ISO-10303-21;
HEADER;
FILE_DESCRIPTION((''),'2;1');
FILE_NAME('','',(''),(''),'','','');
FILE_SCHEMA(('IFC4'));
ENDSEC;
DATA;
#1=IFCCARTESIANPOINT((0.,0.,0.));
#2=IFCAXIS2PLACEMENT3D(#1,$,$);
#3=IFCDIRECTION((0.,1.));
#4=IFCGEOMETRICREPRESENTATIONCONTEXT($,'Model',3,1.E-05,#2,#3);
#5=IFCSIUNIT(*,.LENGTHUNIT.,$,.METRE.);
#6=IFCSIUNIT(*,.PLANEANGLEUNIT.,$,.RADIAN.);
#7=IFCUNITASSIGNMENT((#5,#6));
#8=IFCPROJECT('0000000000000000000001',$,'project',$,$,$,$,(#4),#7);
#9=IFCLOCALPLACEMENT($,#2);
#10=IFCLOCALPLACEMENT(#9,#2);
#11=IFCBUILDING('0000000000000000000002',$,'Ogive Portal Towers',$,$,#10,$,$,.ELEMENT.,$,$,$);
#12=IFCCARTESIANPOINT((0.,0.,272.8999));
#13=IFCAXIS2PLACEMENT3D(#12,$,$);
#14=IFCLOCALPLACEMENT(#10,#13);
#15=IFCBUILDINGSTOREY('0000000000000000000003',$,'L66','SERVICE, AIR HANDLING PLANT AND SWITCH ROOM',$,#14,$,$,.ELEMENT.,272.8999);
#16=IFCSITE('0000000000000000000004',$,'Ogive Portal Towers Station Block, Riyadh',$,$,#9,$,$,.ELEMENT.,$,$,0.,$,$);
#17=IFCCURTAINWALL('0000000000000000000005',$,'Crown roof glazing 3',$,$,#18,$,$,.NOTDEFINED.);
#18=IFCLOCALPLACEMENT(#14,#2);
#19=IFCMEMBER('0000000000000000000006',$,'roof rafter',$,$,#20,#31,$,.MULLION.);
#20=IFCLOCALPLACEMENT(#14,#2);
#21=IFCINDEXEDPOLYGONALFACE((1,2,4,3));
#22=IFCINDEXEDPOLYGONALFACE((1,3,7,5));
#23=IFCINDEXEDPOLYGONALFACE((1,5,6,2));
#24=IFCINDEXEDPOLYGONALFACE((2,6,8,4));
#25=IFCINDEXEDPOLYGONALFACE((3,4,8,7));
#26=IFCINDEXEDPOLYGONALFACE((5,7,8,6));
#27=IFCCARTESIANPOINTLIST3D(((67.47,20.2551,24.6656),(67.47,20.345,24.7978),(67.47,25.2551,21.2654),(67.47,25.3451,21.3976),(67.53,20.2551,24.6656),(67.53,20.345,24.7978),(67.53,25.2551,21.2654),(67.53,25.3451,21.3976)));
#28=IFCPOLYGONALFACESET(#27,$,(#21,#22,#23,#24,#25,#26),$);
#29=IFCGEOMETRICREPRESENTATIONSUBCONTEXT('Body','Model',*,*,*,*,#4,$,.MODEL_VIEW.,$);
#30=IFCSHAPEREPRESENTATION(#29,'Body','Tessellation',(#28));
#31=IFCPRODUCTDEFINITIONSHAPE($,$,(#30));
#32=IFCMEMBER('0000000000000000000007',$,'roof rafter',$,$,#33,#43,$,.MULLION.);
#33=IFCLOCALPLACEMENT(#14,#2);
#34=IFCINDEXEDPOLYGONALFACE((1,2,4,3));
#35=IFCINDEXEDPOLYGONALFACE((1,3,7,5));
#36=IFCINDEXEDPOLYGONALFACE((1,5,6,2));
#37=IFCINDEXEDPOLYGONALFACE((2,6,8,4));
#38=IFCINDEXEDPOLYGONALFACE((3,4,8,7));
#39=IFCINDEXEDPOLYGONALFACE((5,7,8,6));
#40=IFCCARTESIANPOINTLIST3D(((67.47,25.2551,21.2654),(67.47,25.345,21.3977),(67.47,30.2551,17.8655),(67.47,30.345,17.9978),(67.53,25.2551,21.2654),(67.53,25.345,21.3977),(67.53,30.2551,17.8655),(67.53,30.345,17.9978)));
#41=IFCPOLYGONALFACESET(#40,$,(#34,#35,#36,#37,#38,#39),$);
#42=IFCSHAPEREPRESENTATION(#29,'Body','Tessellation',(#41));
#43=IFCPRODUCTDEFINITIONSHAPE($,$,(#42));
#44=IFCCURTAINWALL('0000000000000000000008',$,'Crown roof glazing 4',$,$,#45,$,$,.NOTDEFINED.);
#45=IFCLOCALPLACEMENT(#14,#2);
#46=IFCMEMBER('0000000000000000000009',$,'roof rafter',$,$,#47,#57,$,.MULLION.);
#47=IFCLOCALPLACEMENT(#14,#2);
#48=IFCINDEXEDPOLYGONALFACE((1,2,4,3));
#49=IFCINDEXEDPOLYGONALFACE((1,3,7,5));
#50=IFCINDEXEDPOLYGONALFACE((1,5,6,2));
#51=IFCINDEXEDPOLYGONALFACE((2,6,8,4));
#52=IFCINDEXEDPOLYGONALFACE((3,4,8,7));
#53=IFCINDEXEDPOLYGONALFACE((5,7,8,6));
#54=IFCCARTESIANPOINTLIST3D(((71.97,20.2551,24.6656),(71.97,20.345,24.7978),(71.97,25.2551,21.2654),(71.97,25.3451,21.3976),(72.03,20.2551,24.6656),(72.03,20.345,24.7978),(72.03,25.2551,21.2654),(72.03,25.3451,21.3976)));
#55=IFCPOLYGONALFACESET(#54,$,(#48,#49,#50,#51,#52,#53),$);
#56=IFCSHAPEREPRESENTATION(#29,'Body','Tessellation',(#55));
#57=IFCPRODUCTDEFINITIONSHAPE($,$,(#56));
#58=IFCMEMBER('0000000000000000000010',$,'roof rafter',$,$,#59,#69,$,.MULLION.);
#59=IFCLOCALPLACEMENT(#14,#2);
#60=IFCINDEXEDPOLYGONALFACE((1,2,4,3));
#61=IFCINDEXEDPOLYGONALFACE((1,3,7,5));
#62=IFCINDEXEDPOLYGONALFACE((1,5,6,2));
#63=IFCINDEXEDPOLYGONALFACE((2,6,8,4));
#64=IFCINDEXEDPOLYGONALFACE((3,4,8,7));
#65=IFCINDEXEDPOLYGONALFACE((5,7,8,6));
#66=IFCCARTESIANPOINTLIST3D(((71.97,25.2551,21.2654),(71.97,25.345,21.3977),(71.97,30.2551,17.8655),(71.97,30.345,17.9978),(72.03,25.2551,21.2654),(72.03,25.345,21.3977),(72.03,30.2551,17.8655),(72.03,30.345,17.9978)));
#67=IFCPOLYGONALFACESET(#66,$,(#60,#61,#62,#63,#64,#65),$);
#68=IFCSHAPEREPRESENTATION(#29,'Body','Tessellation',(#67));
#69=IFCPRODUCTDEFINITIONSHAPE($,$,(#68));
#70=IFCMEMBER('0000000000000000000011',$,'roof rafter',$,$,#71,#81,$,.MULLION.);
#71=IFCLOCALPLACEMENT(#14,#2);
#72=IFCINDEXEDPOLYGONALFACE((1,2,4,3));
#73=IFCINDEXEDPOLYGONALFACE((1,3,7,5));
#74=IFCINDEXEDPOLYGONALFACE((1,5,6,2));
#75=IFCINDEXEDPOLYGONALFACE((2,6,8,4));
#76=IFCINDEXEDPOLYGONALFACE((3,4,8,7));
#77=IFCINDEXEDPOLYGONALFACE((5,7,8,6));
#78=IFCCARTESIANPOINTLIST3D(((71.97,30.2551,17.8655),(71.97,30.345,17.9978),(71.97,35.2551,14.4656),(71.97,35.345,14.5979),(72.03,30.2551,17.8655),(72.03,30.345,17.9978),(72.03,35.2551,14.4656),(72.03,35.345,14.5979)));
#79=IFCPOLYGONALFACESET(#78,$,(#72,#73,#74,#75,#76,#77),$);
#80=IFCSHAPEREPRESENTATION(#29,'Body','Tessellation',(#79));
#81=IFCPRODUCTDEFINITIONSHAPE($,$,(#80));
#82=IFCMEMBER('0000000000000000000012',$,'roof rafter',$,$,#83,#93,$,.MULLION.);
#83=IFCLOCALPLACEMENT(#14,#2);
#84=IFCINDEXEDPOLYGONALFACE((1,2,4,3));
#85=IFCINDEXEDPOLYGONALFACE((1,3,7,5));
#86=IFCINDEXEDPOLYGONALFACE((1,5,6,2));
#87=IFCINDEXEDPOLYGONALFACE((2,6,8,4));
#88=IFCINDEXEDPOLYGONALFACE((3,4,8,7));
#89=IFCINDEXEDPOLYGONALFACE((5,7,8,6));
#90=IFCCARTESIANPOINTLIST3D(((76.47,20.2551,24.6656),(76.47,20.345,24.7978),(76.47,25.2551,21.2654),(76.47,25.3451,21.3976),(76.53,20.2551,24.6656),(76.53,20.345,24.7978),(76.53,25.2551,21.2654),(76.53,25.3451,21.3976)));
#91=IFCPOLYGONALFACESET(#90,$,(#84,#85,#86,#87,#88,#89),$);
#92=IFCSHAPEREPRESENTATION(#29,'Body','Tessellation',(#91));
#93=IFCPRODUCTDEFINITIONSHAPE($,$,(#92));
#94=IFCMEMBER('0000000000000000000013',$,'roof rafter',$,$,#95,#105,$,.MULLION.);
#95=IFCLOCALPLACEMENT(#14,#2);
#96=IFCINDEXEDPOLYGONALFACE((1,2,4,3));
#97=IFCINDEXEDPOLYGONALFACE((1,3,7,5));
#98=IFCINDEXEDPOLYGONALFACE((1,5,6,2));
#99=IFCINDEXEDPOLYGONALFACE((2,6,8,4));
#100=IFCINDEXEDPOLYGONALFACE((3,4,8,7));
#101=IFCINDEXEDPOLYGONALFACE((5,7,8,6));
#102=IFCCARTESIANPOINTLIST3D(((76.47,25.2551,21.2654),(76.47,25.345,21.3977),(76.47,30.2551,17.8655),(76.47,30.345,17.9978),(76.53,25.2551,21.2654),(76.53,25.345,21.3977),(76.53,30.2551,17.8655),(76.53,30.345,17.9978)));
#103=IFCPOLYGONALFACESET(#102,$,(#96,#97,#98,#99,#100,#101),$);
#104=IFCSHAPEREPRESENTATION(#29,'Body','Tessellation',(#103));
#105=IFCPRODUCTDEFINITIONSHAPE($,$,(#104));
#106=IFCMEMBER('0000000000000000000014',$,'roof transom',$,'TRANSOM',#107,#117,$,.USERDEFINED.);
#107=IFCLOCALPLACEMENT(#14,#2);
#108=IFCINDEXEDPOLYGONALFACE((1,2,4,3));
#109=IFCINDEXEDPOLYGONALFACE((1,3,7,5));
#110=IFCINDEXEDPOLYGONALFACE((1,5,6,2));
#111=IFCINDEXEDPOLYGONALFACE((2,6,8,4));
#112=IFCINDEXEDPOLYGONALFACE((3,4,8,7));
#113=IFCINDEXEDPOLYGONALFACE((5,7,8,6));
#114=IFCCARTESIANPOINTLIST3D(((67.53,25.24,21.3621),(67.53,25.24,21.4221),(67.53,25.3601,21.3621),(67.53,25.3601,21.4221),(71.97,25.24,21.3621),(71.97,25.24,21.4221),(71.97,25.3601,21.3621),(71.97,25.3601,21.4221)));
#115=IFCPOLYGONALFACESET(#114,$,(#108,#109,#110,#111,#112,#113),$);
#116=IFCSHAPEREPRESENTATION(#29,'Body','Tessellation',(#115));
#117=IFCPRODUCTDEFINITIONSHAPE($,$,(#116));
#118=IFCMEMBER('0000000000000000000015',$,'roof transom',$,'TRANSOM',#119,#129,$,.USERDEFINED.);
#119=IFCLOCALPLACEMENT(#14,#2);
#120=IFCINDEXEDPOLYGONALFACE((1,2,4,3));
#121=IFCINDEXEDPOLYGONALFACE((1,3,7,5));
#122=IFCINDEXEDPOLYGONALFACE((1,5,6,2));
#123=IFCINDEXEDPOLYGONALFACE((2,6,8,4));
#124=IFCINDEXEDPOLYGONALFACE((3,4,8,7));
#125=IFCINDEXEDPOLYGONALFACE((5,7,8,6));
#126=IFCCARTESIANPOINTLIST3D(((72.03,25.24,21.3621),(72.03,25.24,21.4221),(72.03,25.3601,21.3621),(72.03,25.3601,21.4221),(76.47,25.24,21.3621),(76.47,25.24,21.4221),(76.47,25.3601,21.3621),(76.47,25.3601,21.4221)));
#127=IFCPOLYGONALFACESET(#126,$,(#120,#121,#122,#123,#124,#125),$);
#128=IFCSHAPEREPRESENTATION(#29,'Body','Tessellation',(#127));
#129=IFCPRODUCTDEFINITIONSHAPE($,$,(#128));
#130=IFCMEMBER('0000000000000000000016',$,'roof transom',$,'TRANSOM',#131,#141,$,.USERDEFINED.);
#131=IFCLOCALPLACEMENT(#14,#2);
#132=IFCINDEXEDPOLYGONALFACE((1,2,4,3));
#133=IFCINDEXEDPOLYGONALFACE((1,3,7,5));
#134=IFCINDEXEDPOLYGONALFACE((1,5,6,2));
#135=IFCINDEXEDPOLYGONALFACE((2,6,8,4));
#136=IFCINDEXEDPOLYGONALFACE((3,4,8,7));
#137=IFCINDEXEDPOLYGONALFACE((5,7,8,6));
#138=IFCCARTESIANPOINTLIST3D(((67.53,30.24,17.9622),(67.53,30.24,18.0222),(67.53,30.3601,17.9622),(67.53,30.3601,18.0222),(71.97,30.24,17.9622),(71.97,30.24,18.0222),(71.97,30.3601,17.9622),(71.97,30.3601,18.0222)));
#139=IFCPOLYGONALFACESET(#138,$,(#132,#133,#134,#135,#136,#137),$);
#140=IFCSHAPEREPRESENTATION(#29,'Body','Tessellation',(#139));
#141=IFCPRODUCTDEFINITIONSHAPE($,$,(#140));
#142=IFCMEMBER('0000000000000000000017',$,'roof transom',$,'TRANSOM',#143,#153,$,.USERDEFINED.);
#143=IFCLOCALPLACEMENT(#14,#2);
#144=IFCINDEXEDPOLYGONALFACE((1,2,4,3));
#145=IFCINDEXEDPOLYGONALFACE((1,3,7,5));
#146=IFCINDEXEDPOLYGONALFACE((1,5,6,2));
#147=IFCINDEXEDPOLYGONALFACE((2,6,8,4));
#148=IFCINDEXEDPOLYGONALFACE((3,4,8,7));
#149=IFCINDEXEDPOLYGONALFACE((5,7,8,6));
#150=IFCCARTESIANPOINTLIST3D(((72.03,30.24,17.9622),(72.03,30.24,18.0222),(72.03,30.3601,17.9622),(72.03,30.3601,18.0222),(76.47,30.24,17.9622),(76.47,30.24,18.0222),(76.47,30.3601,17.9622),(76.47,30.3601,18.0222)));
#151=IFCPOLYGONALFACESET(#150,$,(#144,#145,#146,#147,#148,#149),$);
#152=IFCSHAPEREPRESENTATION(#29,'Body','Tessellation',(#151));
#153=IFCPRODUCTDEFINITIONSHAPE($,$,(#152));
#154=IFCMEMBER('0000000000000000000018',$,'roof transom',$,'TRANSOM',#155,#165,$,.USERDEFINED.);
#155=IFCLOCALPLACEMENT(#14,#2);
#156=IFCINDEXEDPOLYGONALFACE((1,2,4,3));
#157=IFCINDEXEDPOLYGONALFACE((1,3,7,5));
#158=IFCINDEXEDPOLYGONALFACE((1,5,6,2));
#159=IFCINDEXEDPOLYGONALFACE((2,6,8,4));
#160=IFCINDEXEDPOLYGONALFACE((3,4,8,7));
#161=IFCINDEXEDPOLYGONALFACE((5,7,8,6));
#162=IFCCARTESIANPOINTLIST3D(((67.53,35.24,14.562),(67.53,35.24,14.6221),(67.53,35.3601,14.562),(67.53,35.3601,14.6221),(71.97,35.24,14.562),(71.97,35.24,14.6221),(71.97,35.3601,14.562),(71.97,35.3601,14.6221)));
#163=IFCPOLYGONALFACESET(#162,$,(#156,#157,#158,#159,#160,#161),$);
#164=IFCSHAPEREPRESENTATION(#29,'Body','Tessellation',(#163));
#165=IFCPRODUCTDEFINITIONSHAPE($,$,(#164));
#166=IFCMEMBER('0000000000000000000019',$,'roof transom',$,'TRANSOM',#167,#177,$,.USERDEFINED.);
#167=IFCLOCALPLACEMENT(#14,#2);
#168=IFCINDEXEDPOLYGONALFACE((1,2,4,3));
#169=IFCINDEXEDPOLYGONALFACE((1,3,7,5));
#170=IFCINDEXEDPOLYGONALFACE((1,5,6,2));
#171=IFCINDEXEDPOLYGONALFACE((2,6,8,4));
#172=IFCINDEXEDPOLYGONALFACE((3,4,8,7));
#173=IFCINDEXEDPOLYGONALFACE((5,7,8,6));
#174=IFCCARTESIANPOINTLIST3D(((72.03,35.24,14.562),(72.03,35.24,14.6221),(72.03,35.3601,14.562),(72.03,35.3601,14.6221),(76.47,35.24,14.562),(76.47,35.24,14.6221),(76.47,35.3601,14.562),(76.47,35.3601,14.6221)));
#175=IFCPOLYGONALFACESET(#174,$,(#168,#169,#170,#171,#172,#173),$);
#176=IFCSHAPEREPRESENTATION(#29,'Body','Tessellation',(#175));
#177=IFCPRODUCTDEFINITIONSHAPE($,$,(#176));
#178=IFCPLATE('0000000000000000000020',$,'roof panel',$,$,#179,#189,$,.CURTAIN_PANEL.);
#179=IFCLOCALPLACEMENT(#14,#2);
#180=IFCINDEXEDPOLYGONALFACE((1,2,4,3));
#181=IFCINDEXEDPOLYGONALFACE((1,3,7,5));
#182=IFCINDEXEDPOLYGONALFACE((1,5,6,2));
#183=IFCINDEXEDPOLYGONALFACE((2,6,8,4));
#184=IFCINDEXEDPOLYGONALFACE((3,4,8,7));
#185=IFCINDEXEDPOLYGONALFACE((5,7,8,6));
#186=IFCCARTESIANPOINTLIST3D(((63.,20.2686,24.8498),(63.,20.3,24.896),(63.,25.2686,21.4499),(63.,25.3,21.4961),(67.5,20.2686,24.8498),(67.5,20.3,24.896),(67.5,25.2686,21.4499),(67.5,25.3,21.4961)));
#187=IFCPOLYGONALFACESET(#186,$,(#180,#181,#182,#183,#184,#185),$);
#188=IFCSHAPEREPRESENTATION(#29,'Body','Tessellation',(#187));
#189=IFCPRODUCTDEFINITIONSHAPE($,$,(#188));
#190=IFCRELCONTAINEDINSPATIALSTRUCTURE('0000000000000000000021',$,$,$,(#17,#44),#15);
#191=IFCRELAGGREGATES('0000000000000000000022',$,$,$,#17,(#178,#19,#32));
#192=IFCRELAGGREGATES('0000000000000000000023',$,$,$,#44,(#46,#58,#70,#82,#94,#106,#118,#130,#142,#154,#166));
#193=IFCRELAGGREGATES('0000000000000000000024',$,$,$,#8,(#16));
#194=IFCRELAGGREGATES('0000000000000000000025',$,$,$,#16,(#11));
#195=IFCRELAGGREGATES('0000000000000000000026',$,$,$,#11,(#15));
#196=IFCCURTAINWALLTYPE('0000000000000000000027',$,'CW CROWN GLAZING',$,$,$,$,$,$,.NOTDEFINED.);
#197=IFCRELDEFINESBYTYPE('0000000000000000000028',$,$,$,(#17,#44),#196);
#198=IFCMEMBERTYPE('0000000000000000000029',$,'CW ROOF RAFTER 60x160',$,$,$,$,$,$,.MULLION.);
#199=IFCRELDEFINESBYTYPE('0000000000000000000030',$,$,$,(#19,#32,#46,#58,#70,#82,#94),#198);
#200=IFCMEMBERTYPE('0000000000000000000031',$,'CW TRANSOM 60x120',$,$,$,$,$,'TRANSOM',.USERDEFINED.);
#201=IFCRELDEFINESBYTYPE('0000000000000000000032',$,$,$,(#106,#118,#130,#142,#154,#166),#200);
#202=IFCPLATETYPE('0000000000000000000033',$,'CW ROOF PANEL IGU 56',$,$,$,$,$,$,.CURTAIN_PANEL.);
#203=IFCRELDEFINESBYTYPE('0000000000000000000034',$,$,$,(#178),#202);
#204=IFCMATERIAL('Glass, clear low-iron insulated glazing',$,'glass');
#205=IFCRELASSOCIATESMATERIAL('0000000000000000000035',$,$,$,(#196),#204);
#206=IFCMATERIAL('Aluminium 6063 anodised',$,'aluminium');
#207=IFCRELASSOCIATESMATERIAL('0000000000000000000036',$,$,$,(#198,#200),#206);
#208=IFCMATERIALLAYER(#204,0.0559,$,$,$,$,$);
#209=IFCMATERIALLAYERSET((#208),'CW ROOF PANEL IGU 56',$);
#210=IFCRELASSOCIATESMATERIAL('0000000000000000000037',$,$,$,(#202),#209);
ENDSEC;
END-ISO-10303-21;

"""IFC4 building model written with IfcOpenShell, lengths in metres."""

from ifc_helpers import new_model, si_unit, direction, frame, origin, origin_2d, place, context, subcontext, project, spatial, polyline, rectangle, outline, extrude, material, layer, layer_set, material_profile, profile_set, type_object, element, aggregate, save


model = new_model("IFC4")

# Units and contexts
model_context = context("Model", 3, precision=1e-05, world=origin(), true_north=direction((0.0, 1.0)))
body_context = subcontext(model_context, "Body", "Model", "MODEL_VIEW")
ifc_project = project(units=[si_unit("LENGTHUNIT", "METRE"), si_unit("PLANEANGLEUNIT", "RADIAN")], contexts=[model_context])

# Site, building, storey
site_placement = place(None, origin())
site = spatial("IfcSite", under=ifc_project, at=site_placement, Name="Ogive Portal Towers Station Block, Riyadh", CompositionType="ELEMENT", RefElevation=0.0)
building_placement = place(site_placement, origin())
building = spatial("IfcBuilding", under=site, at=building_placement, Name="Ogive Portal Towers", CompositionType="ELEMENT")
storey_placement = place(building_placement, frame((0.0, 0.0, 272.8999)))
storey = spatial("IfcBuildingStorey", under=building, at=storey_placement, Name="L66", Description="SERVICE, AIR HANDLING PLANT AND SWITCH ROOM", CompositionType="ELEMENT", Elevation=272.8999)

# Curtain walls, members
ifc_material_1 = material(Name="Glass, clear low-iron insulated glazing", Category="glass")
curtain_wall_type = type_object("IfcCurtainWallType", Name="CW CROWN GLAZING", PredefinedType="NOTDEFINED", material=ifc_material_1)
curtain_wall_1_placement = place(storey_placement, origin())
curtain_wall_1 = element("IfcCurtainWall", 1, at=curtain_wall_1_placement, inside=storey, type_object=curtain_wall_type, Name="Crown roof glazing 3", PredefinedType="NOTDEFINED")
ifc_material_2 = material(Name="Aluminium 6063 anodised", Category="aluminium")
ifc_material_profile_1 = material_profile(ifc_material_2, rectangle(XDim=0.0601, YDim=0.1599, at=origin_2d()), Name="AL 60x160 rafter")
ifc_profile_set_1 = profile_set([ifc_material_profile_1], Name="Aluminium 6063 anodised")
member_type_1 = type_object("IfcMemberType", Name="CW ROOF RAFTER 60x160", PredefinedType="MULLION", material=ifc_profile_set_1)
member_1_placement = place(storey_placement, frame((67.5, 20.3, 24.7317), z_axis=(0.0, 0.826915, -0.562327), x_axis=(-1.0, 0.0, 0.0)))
member_1 = element("IfcMember", 2, at=member_1_placement, type_object=member_type_1, Name="roof rafter", PredefinedType="MULLION", context=body_context, shape_type="SweptSolid", body=[
    extrude(rectangle(XDim=0.0601, YDim=0.1599, at=origin_2d()), origin(), (0.0, 0.0, 1.0), 6.0466),
])
member_2_placement = place(storey_placement, frame((67.5, 25.3, 21.3315), z_axis=(0.0, 0.826934, -0.562299), x_axis=(-1.0, 0.0, 0.0)))
member_2 = element("IfcMember", 3, at=member_2_placement, type_object=member_type_1, Name="roof rafter", PredefinedType="MULLION", context=body_context, shape_type="SweptSolid", body=[
    extrude(rectangle(XDim=0.0601, YDim=0.1599, at=origin_2d()), origin(), (0.0, 0.0, 1.0), 6.0464),
])
curtain_wall_2_placement = place(storey_placement, origin())
curtain_wall_2 = element("IfcCurtainWall", 4, at=curtain_wall_2_placement, inside=storey, type_object=curtain_wall_type, Name="Crown roof glazing 4", PredefinedType="NOTDEFINED")
member_3_placement = place(storey_placement, frame((72.0, 20.3, 24.7317), z_axis=(0.0, 0.826915, -0.562327), x_axis=(-1.0, 0.0, 0.0)))
member_3 = element("IfcMember", 5, at=member_3_placement, type_object=member_type_1, Name="roof rafter", PredefinedType="MULLION", context=body_context, shape_type="SweptSolid", body=[
    extrude(rectangle(XDim=0.0601, YDim=0.1599, at=origin_2d()), origin(), (0.0, 0.0, 1.0), 6.0466),
])
member_4_placement = place(storey_placement, frame((72.0, 25.3, 21.3315), z_axis=(0.0, 0.826934, -0.562299), x_axis=(-1.0, 0.0, 0.0)))
member_4 = element("IfcMember", 6, at=member_4_placement, type_object=member_type_1, Name="roof rafter", PredefinedType="MULLION", context=body_context, shape_type="SweptSolid", body=[
    extrude(rectangle(XDim=0.0601, YDim=0.1599, at=origin_2d()), origin(), (0.0, 0.0, 1.0), 6.0464),
])
member_5_placement = place(storey_placement, frame((72.0, 30.3, 17.9316), z_axis=(0.0, 0.826934, -0.562299), x_axis=(-1.0, 0.0, 0.0)))
member_5 = element("IfcMember", 7, at=member_5_placement, type_object=member_type_1, Name="roof rafter", PredefinedType="MULLION", context=body_context, shape_type="SweptSolid", body=[
    extrude(rectangle(XDim=0.0601, YDim=0.1599, at=origin_2d()), origin(), (0.0, 0.0, 1.0), 6.0464),
])
member_6_placement = place(storey_placement, frame((76.5, 20.3, 24.7317), z_axis=(0.0, 0.826915, -0.562327), x_axis=(-1.0, 0.0, 0.0)))
member_6 = element("IfcMember", 8, at=member_6_placement, type_object=member_type_1, Name="roof rafter", PredefinedType="MULLION", context=body_context, shape_type="SweptSolid", body=[
    extrude(rectangle(XDim=0.0601, YDim=0.1599, at=origin_2d()), origin(), (0.0, 0.0, 1.0), 6.0466),
])
member_7_placement = place(storey_placement, frame((76.5, 25.3, 21.3315), z_axis=(0.0, 0.826934, -0.562299), x_axis=(-1.0, 0.0, 0.0)))
member_7 = element("IfcMember", 9, at=member_7_placement, type_object=member_type_1, Name="roof rafter", PredefinedType="MULLION", context=body_context, shape_type="SweptSolid", body=[
    extrude(rectangle(XDim=0.0601, YDim=0.1599, at=origin_2d()), origin(), (0.0, 0.0, 1.0), 6.0464),
])
ifc_material_profile_2 = material_profile(ifc_material_2, rectangle(XDim=0.1201, YDim=0.0601, at=origin_2d()), Name="AL 120x60")
ifc_profile_set_2 = profile_set([ifc_material_profile_2], Name="Aluminium 6063 anodised")
member_type_2 = type_object("IfcMemberType", Name="CW TRANSOM 60x120", ElementType="TRANSOM", PredefinedType="USERDEFINED", material=ifc_profile_set_2)
member_8_placement = place(storey_placement, frame((67.53, 25.3, 21.3921), z_axis=(1.0, 0.0, 0.0), x_axis=(0.0, 1.0, 0.0)))
member_8 = element("IfcMember", 10, at=member_8_placement, type_object=member_type_2, Name="roof transom", ObjectType="TRANSOM", PredefinedType="USERDEFINED", context=body_context, shape_type="SweptSolid", body=[
    extrude(rectangle(XDim=0.1201, YDim=0.0601, at=origin_2d()), origin(), (0.0, 0.0, 1.0), 4.4399),
])
member_9_placement = place(storey_placement, frame((72.03, 25.3, 21.3921), z_axis=(1.0, 0.0, 0.0), x_axis=(0.0, 1.0, 0.0)))
member_9 = element("IfcMember", 11, at=member_9_placement, type_object=member_type_2, Name="roof transom", ObjectType="TRANSOM", PredefinedType="USERDEFINED", context=body_context, shape_type="SweptSolid", body=[
    extrude(rectangle(XDim=0.1201, YDim=0.0601, at=origin_2d()), origin(), (0.0, 0.0, 1.0), 4.4399),
])
member_10_placement = place(storey_placement, frame((67.53, 30.3, 17.9922), z_axis=(1.0, 0.0, 0.0), x_axis=(0.0, 1.0, 0.0)))
member_10 = element("IfcMember", 12, at=member_10_placement, type_object=member_type_2, Name="roof transom", ObjectType="TRANSOM", PredefinedType="USERDEFINED", context=body_context, shape_type="SweptSolid", body=[
    extrude(rectangle(XDim=0.1201, YDim=0.0601, at=origin_2d()), origin(), (0.0, 0.0, 1.0), 4.4399),
])
member_11_placement = place(storey_placement, frame((72.03, 30.3, 17.9922), z_axis=(1.0, 0.0, 0.0), x_axis=(0.0, 1.0, 0.0)))
member_11 = element("IfcMember", 13, at=member_11_placement, type_object=member_type_2, Name="roof transom", ObjectType="TRANSOM", PredefinedType="USERDEFINED", context=body_context, shape_type="SweptSolid", body=[
    extrude(rectangle(XDim=0.1201, YDim=0.0601, at=origin_2d()), origin(), (0.0, 0.0, 1.0), 4.4399),
])
member_12_placement = place(storey_placement, frame((67.53, 35.3, 14.592), z_axis=(1.0, 0.0, 0.0), x_axis=(0.0, 1.0, 0.0)))
member_12 = element("IfcMember", 14, at=member_12_placement, type_object=member_type_2, Name="roof transom", ObjectType="TRANSOM", PredefinedType="USERDEFINED", context=body_context, shape_type="SweptSolid", body=[
    extrude(rectangle(XDim=0.1201, YDim=0.0601, at=origin_2d()), origin(), (0.0, 0.0, 1.0), 4.4399),
])
member_13_placement = place(storey_placement, frame((72.03, 35.3, 14.592), z_axis=(1.0, 0.0, 0.0), x_axis=(0.0, 1.0, 0.0)))
member_13 = element("IfcMember", 15, at=member_13_placement, type_object=member_type_2, Name="roof transom", ObjectType="TRANSOM", PredefinedType="USERDEFINED", context=body_context, shape_type="SweptSolid", body=[
    extrude(rectangle(XDim=0.1201, YDim=0.0601, at=origin_2d()), origin(), (0.0, 0.0, 1.0), 4.4399),
])

# Plate
ifc_layer_1 = layer(ifc_material_1, 0.0559)
ifc_layer_set_1 = layer_set([ifc_layer_1], Name="CW ROOF PANEL IGU 56")
plate_type = type_object("IfcPlateType", Name="CW ROOF PANEL IGU 56", PredefinedType="CURTAIN_PANEL", material=ifc_layer_set_1)
plate_1_placement = place(storey_placement, frame((67.5, 20.3, 24.896), z_axis=(0.0, 0.562299, 0.826934), x_axis=(0.0, 0.826934, -0.562299)))
plate_1 = element("IfcPlate", 16, at=plate_1_placement, type_object=plate_type, Name="roof panel", PredefinedType="CURTAIN_PANEL", context=body_context, shape_type="SweptSolid", body=[
    extrude(outline(polyline([(0.0, 0.0), (6.0464, 0.0), (6.0464, 4.5), (0.0, 4.5), (0.0, 0.0)])), origin(), (0.0, 0.0, -1.0), 0.0559),
])
aggregate(curtain_wall_1, [plate_1, member_1, member_2])
aggregate(curtain_wall_2, [member_3, member_4, member_5, member_6, member_7, member_8, member_9, member_10, member_11, member_12, member_13])

save(model, "model.ifc")
